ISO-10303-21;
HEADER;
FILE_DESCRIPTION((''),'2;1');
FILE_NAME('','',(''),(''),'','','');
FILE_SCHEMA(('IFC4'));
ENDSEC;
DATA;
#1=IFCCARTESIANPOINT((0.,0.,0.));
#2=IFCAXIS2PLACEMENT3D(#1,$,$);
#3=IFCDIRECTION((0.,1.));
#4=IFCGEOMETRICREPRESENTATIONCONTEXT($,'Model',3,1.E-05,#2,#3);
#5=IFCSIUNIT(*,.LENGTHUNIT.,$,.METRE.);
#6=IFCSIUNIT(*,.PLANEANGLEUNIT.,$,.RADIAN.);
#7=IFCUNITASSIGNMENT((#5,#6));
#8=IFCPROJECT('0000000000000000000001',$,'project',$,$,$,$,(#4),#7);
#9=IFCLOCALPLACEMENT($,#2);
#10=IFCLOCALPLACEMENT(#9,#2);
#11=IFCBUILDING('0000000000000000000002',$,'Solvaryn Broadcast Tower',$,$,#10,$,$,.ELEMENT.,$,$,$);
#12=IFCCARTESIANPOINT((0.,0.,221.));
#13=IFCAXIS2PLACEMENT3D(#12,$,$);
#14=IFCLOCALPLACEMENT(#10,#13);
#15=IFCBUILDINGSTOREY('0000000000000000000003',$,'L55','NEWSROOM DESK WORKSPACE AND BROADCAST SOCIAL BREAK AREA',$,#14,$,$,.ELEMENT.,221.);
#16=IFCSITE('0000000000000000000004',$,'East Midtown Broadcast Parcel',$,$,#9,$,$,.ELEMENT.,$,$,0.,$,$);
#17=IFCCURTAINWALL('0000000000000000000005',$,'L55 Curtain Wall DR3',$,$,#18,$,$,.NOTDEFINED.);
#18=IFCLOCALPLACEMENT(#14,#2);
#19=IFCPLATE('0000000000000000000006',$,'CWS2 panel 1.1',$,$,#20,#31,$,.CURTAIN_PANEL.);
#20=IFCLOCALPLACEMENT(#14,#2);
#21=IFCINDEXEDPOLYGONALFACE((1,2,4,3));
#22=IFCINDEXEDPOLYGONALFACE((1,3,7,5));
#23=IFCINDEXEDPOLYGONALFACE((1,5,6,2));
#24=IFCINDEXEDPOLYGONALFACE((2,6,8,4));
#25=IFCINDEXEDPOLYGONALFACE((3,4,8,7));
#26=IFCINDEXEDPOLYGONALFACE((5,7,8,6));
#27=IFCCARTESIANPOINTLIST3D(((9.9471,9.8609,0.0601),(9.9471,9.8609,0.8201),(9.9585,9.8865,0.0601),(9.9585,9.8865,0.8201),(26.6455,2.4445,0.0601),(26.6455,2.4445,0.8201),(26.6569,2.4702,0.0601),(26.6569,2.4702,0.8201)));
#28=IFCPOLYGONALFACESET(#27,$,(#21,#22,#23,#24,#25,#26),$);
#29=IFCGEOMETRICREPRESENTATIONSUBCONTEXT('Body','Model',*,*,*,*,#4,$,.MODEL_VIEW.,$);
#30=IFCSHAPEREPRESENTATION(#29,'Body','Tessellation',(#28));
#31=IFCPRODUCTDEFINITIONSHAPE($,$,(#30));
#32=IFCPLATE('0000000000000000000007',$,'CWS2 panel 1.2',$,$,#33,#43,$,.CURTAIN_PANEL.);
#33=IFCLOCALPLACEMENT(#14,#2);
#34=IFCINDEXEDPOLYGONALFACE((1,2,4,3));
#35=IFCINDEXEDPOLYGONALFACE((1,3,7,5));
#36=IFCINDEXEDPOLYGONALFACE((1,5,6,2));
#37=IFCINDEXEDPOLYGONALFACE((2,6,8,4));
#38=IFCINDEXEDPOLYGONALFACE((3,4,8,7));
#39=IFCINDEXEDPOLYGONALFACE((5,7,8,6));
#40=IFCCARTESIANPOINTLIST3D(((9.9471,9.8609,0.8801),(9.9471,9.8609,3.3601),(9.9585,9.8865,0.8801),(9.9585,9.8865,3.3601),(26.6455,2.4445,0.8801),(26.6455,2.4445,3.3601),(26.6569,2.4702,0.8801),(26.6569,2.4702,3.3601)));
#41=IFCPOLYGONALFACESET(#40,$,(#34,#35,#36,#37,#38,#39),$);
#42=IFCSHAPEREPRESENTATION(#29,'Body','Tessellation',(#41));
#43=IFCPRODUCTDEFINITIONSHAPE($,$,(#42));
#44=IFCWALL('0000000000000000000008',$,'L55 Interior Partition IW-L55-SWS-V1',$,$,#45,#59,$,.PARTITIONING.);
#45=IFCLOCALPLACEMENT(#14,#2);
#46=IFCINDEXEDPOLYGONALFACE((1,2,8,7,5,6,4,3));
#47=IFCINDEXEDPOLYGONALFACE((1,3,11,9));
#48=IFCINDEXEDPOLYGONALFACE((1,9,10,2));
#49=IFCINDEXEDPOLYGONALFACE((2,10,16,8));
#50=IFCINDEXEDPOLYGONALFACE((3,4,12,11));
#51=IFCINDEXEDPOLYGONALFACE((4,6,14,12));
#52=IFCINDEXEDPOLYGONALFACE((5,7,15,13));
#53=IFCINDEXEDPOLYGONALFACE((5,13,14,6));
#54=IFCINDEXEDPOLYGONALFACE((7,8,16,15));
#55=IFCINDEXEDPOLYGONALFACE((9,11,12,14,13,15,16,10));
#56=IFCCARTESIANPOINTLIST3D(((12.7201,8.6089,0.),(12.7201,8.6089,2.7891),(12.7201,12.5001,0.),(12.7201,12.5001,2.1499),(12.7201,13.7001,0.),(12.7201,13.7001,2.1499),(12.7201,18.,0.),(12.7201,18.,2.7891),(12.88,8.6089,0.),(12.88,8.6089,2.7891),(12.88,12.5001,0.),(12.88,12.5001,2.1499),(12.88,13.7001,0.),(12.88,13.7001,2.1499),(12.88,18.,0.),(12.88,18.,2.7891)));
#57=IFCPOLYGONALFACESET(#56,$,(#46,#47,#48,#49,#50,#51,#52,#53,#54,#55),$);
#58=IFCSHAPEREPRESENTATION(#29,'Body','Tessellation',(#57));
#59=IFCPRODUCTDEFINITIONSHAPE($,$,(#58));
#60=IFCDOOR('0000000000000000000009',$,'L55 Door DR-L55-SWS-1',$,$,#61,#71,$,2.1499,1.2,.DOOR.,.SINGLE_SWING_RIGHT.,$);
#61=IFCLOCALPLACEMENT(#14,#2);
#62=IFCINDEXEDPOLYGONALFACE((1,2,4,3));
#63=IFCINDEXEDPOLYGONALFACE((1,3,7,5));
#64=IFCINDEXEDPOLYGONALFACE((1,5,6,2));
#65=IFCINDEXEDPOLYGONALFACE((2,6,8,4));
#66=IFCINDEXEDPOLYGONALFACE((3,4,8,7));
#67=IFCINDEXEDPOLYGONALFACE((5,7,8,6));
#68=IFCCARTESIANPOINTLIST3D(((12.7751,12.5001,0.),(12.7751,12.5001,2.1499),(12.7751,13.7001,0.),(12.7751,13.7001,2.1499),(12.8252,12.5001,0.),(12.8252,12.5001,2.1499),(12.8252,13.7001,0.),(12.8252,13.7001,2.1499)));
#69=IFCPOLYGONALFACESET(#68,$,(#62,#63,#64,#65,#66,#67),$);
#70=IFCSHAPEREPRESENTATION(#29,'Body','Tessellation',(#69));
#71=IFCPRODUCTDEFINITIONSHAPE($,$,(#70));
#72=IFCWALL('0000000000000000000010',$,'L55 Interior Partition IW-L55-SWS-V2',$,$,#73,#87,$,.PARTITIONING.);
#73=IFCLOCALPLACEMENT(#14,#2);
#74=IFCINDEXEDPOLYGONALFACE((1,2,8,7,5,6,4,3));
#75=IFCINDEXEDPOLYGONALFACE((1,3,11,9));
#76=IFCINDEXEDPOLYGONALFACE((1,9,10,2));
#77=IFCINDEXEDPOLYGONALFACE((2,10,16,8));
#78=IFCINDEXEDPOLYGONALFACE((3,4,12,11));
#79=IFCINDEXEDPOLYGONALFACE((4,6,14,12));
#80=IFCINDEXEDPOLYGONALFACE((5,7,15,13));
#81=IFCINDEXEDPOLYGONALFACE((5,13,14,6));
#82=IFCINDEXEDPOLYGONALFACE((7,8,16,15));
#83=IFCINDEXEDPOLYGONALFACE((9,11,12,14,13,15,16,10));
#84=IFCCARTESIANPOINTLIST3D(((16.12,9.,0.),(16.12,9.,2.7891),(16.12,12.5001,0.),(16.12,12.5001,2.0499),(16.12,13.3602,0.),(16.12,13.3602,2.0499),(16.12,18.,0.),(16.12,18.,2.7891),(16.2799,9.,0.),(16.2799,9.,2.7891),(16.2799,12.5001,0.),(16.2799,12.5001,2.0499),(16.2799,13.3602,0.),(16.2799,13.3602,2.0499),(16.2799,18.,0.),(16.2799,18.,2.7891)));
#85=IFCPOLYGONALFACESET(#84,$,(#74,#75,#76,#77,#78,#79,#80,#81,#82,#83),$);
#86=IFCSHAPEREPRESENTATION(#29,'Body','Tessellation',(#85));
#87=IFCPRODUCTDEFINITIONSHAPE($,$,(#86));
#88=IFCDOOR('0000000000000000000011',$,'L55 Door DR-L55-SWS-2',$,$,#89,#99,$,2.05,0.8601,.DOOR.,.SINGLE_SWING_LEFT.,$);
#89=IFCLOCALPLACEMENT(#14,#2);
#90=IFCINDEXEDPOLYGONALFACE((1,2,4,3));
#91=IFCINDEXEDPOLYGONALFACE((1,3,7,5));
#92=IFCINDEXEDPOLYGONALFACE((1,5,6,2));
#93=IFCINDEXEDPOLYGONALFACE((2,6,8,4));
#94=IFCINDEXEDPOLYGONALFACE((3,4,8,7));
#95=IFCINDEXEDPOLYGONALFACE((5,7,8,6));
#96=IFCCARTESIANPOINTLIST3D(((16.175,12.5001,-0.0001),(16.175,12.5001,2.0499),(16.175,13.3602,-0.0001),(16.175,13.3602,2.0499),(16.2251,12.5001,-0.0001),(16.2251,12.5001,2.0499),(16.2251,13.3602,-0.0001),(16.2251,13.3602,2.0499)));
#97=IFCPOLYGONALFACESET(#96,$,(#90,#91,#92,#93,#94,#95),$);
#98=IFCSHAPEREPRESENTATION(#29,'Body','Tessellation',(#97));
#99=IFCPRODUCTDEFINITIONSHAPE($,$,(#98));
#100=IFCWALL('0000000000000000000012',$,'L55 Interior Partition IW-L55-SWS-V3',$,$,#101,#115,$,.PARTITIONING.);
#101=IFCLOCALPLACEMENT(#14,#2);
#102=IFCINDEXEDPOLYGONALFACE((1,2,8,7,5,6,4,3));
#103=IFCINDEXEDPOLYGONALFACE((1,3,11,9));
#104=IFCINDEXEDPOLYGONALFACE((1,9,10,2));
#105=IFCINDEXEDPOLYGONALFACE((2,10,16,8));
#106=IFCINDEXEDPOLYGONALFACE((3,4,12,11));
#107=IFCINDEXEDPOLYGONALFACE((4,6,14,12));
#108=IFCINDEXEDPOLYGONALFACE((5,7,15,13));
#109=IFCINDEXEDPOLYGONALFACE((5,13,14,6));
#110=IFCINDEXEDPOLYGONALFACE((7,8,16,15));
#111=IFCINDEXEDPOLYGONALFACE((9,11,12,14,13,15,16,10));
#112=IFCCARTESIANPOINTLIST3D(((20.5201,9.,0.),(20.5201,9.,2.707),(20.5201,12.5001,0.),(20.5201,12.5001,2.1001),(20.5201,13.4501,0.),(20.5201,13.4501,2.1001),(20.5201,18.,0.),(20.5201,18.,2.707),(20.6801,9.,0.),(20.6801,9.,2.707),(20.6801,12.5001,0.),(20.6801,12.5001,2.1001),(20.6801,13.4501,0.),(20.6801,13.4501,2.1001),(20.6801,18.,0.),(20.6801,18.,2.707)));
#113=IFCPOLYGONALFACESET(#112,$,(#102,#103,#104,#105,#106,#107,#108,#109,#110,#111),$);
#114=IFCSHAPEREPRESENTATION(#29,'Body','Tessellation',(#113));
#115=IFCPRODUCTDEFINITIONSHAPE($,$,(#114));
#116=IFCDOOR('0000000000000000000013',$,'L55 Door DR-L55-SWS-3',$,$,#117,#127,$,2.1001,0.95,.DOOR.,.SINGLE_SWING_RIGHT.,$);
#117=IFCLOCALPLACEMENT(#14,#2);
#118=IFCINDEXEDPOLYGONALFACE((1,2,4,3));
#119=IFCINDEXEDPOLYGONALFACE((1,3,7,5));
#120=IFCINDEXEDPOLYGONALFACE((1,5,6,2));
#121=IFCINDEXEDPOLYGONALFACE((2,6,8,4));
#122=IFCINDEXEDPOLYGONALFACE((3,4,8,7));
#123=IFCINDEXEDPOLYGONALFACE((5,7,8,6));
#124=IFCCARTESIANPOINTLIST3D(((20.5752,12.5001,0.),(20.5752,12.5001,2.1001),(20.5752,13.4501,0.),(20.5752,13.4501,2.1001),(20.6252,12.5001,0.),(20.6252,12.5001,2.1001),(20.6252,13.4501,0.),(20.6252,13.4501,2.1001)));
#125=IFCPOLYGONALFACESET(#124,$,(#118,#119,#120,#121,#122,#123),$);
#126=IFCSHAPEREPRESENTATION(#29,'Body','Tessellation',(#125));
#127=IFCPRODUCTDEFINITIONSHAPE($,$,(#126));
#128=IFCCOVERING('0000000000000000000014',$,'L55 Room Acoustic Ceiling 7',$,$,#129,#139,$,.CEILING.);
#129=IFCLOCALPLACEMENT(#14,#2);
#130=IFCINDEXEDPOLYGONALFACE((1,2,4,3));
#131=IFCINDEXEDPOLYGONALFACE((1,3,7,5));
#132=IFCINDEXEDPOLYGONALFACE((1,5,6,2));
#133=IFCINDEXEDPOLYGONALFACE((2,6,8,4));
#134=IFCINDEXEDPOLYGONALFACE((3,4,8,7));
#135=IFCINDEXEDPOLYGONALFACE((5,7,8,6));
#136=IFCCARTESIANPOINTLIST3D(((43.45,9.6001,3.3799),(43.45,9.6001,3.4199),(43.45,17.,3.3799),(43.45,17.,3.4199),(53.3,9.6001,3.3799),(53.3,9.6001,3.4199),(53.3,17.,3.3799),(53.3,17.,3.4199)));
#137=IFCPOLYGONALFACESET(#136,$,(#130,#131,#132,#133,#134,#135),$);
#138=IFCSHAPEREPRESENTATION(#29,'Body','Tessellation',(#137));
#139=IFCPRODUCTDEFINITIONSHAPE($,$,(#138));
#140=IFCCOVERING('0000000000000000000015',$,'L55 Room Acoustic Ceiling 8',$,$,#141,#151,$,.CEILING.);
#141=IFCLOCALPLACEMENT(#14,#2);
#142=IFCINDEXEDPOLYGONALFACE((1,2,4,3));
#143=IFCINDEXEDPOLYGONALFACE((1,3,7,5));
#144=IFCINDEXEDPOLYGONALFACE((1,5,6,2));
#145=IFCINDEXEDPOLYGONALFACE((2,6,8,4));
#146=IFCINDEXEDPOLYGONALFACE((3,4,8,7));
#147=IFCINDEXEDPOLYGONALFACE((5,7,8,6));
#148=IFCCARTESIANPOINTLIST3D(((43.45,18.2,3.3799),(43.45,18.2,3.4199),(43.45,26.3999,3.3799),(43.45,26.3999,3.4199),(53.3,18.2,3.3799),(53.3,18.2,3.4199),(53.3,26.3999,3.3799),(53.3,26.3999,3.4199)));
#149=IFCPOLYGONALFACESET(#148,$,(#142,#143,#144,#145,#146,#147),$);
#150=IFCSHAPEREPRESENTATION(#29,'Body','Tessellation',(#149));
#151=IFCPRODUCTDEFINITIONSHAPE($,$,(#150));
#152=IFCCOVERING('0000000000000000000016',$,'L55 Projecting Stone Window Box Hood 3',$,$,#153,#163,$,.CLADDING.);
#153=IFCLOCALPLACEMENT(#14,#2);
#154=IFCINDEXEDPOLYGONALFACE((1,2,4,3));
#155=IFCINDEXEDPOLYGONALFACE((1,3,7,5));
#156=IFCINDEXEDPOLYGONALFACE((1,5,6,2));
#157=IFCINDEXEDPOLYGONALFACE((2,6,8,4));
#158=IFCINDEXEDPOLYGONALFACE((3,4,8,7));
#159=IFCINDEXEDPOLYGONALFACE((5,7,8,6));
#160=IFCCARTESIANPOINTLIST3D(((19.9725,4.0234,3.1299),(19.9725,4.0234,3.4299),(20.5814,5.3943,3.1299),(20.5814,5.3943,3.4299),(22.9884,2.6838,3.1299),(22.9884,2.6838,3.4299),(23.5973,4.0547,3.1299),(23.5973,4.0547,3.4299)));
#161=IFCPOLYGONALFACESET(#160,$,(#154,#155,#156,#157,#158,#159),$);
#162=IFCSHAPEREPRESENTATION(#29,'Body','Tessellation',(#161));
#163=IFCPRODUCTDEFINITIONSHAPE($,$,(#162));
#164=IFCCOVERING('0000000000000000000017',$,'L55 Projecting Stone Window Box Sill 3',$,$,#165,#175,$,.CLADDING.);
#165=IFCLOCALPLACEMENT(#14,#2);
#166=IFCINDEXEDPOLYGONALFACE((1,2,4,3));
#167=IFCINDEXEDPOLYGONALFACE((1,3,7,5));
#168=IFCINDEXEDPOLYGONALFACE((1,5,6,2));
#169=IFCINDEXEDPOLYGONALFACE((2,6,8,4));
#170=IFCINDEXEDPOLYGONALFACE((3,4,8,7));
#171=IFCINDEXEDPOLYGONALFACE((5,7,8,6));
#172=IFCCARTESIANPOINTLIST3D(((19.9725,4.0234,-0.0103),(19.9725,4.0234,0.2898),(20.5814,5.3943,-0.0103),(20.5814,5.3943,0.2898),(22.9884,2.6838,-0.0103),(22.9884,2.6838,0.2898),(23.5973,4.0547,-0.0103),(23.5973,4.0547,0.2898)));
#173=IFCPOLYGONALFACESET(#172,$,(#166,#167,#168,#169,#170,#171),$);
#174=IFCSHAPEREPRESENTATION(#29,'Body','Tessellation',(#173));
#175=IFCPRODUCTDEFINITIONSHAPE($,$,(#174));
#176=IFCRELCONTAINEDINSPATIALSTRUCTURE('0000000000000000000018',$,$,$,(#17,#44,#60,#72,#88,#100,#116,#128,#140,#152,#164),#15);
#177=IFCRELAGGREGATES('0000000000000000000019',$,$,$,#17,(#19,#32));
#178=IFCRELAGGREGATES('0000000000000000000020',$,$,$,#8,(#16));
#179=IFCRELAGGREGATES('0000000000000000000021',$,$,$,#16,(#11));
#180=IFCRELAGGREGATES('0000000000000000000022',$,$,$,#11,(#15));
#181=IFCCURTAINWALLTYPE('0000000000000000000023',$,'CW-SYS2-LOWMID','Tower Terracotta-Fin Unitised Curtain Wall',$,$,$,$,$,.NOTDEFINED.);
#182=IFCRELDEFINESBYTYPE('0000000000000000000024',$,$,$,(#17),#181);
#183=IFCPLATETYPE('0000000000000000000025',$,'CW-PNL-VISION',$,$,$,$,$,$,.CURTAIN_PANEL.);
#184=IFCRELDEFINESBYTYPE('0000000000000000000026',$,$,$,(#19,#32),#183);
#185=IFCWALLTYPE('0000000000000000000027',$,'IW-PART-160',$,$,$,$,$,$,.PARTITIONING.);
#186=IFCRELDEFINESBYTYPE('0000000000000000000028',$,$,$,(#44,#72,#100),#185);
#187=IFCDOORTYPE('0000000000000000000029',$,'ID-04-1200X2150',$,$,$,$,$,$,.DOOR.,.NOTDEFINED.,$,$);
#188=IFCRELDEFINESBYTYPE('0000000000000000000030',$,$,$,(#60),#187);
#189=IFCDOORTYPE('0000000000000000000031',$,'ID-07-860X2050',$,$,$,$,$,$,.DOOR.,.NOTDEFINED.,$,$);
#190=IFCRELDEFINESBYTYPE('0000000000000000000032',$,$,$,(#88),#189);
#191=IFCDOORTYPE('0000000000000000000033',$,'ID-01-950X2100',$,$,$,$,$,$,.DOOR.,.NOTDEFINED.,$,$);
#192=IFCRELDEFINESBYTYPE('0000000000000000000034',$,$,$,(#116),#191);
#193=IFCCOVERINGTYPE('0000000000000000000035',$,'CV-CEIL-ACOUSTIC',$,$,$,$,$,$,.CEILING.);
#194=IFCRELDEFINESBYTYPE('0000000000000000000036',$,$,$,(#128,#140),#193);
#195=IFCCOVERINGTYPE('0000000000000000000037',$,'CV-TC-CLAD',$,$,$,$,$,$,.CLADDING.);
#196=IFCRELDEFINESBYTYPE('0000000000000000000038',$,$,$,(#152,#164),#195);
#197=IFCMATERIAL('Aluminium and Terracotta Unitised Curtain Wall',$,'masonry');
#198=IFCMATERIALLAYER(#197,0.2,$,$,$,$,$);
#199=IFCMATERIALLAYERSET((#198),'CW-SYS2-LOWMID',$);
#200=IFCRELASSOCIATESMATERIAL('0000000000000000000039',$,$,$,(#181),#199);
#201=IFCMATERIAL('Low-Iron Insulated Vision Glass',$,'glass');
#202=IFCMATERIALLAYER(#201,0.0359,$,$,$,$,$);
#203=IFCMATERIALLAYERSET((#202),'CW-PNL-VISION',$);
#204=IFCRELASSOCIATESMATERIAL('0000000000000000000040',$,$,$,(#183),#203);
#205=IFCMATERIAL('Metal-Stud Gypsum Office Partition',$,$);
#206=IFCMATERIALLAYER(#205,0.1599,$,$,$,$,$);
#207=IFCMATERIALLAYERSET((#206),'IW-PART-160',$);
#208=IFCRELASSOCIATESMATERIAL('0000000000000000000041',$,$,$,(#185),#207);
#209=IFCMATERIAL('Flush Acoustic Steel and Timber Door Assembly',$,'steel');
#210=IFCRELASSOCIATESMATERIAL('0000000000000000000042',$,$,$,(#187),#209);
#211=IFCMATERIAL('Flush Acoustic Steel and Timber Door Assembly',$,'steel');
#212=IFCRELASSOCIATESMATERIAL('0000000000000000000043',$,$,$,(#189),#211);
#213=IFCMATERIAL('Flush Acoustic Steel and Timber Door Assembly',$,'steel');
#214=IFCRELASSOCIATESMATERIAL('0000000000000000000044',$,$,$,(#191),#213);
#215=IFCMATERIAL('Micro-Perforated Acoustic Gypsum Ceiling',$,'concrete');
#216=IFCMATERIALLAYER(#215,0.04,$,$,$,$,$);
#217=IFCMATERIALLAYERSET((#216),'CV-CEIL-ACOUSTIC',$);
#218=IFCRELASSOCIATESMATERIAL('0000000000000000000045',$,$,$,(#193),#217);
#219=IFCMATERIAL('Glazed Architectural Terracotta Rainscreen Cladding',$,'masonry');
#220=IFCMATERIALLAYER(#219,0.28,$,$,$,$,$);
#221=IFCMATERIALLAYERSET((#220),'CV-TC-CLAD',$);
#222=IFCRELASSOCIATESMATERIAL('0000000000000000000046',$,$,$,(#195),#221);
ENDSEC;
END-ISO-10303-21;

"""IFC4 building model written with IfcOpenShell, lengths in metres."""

from ifc_helpers import new_model, si_unit, direction, frame, frame_2d, origin, origin_2d, place, context, subcontext, project, spatial, polyline, rectangle, outline, extrude, material, layer, layer_set, type_object, element, fill, aggregate, save


model = new_model("IFC4")

# Units and contexts
model_context = context("Model", 3, precision=1e-05, world=origin(), true_north=direction((0.0, 1.0)))
body_context = subcontext(model_context, "Body", "Model", "MODEL_VIEW")
ifc_project = project(units=[si_unit("LENGTHUNIT", "METRE"), si_unit("PLANEANGLEUNIT", "RADIAN")], contexts=[model_context])

# Site, building, storey
site_placement = place(None, origin())
site = spatial("IfcSite", under=ifc_project, at=site_placement, Name="East Midtown Broadcast Parcel", CompositionType="ELEMENT", RefElevation=0.0)
building_placement = place(site_placement, origin())
building = spatial("IfcBuilding", under=site, at=building_placement, Name="Solvaryn Broadcast Tower", CompositionType="ELEMENT")
storey_placement = place(building_placement, frame((0.0, 0.0, 221.0)))
storey = spatial("IfcBuildingStorey", under=building, at=storey_placement, Name="L55", Description="NEWSROOM DESK WORKSPACE AND BROADCAST SOCIAL BREAK AREA", CompositionType="ELEMENT", Elevation=221.0)

# Curtain wall, plates
ifc_material_1 = material(Name="Aluminium and Terracotta Unitised Curtain Wall", Category="masonry")
ifc_layer_1 = layer(ifc_material_1, 0.2)
ifc_layer_set_1 = layer_set([ifc_layer_1], Name="CW-SYS2-LOWMID")
curtain_wall_type = type_object("IfcCurtainWallType", Name="CW-SYS2-LOWMID", Description="Tower Terracotta-Fin Unitised Curtain Wall", PredefinedType="NOTDEFINED", material=ifc_layer_set_1)
curtain_wall_placement = place(storey_placement, origin())
curtain_wall = element("IfcCurtainWall", 1, at=curtain_wall_placement, inside=storey, type_object=curtain_wall_type, Name="L55 Curtain Wall DR3", PredefinedType="NOTDEFINED")
ifc_material_2 = material(Name="Low-Iron Insulated Vision Glass", Category="glass")
ifc_layer_2 = layer(ifc_material_2, 0.0359)
ifc_layer_set_2 = layer_set([ifc_layer_2], Name="CW-PNL-VISION")
plate_type = type_object("IfcPlateType", Name="CW-PNL-VISION", PredefinedType="CURTAIN_PANEL", material=ifc_layer_set_2)
plate_1_placement = place(storey_placement, frame((18.302, 6.1655, 0.0601), z_axis=(0.0, 0.0, 1.0), x_axis=(0.913917, -0.405901, 0.0)))
plate_1 = element("IfcPlate", 2, at=plate_1_placement, type_object=plate_type, Name="CWS2 panel 1.1", PredefinedType="CURTAIN_PANEL", context=body_context, shape_type="SweptSolid", body=[
    extrude(rectangle(XDim=18.2712, YDim=0.0281, at=origin_2d()), origin(), (0.0, 0.0, 1.0), 0.76),
])
plate_2_placement = place(storey_placement, frame((18.302, 6.1655, 0.8801), z_axis=(0.0, 0.0, 1.0), x_axis=(0.913917, -0.405901, 0.0)))
plate_2 = element("IfcPlate", 3, at=plate_2_placement, type_object=plate_type, Name="CWS2 panel 1.2", PredefinedType="CURTAIN_PANEL", context=body_context, shape_type="SweptSolid", body=[
    extrude(rectangle(XDim=18.2712, YDim=0.0281, at=origin_2d()), origin(), (0.0, 0.0, 1.0), 2.48),
])
aggregate(curtain_wall, [plate_1, plate_2])

# Walls, openings, doors
ifc_material_3 = material(Name="Metal-Stud Gypsum Office Partition")
ifc_layer_3 = layer(ifc_material_3, 0.1599)
ifc_layer_set_3 = layer_set([ifc_layer_3], Name="IW-PART-160")
wall_type = type_object("IfcWallType", Name="IW-PART-160", PredefinedType="PARTITIONING", material=ifc_layer_set_3)
wall_1_placement = place(storey_placement, frame((12.8, 8.6089, 0.0), z_axis=(0.0, 0.0, 1.0), x_axis=(0.0, 1.0, 0.0)))
wall_1 = element("IfcWall", 4, at=wall_1_placement, inside=storey, type_object=wall_type, Name="L55 Interior Partition IW-L55-SWS-V1", PredefinedType="PARTITIONING", context=body_context, shape_type="SweptSolid", body=[
    extrude(rectangle(XDim=9.3911, YDim=0.1599, at=frame_2d((4.6956, 0.0))), origin(), (0.0, 0.0, 1.0), 2.7891),
])
opening_1_placement = place(wall_1_placement, frame((3.8911, 0.0, 0.0)))
opening_1 = element("IfcOpeningElement", 5, at=opening_1_placement, cuts=wall_1, PredefinedType="OPENING", context=body_context, shape_type="SweptSolid", body=[
    extrude(rectangle(XDim=1.2, YDim=2.1499, at=frame_2d((0.6001, 1.075))), frame((0.0, 0.0901, 0.0), z_axis=(0.0, -1.0, 0.0), x_axis=(1.0, 0.0, 0.0)), (0.0, 0.0, 1.0), 0.1799),
])
ifc_material_4 = material(Name="Flush Acoustic Steel and Timber Door Assembly", Category="steel")
door_type_1 = type_object("IfcDoorType", Name="ID-04-1200X2150", OperationType="NOTDEFINED", PredefinedType="DOOR", material=ifc_material_4)
door_1_placement = place(opening_1_placement, origin())
door_1 = element("IfcDoor", 6, at=door_1_placement, inside=storey, type_object=door_type_1, Name="L55 Door DR-L55-SWS-1", OperationType="SINGLE_SWING_RIGHT", OverallHeight=2.1499, OverallWidth=1.2, PredefinedType="DOOR", context=body_context, shape_type="SweptSolid", body=[
    extrude(rectangle(XDim=1.2, YDim=2.1499, at=frame_2d((0.6001, 1.075))), frame((0.0, 0.0249, 0.0), z_axis=(0.0, -1.0, 0.0), x_axis=(1.0, 0.0, 0.0)), (0.0, 0.0, 1.0), 0.05),
])
fill(opening_1, door_1)
wall_2_placement = place(storey_placement, frame((16.2, 9.0, 0.0), z_axis=(0.0, 0.0, 1.0), x_axis=(0.0, 1.0, 0.0)))
wall_2 = element("IfcWall", 7, at=wall_2_placement, inside=storey, type_object=wall_type, Name="L55 Interior Partition IW-L55-SWS-V2", PredefinedType="PARTITIONING", context=body_context, shape_type="SweptSolid", body=[
    extrude(rectangle(XDim=9.0, YDim=0.1599, at=frame_2d((4.5, 0.0))), origin(), (0.0, 0.0, 1.0), 2.7891),
])
opening_2_placement = place(wall_2_placement, frame((3.5, 0.0, 0.0)))
opening_2 = element("IfcOpeningElement", 8, at=opening_2_placement, cuts=wall_2, PredefinedType="OPENING", context=body_context, shape_type="SweptSolid", body=[
    extrude(rectangle(XDim=0.8601, YDim=2.05, at=frame_2d((0.4302, 1.0249))), frame((0.0, 0.0901, 0.0), z_axis=(0.0, -1.0, 0.0), x_axis=(1.0, 0.0, 0.0)), (0.0, 0.0, 1.0), 0.1799),
])
ifc_material_5 = material(Name="Flush Acoustic Steel and Timber Door Assembly", Category="steel")
door_type_2 = type_object("IfcDoorType", Name="ID-07-860X2050", OperationType="NOTDEFINED", PredefinedType="DOOR", material=ifc_material_5)
door_2_placement = place(opening_2_placement, origin())
door_2 = element("IfcDoor", 9, at=door_2_placement, inside=storey, type_object=door_type_2, Name="L55 Door DR-L55-SWS-2", OperationType="SINGLE_SWING_LEFT", OverallHeight=2.05, OverallWidth=0.8601, PredefinedType="DOOR", context=body_context, shape_type="SweptSolid", body=[
    extrude(rectangle(XDim=0.8601, YDim=2.05, at=frame_2d((0.4302, 1.0249))), frame((0.0, 0.0249, 0.0), z_axis=(0.0, -1.0, 0.0), x_axis=(1.0, 0.0, 0.0)), (0.0, 0.0, 1.0), 0.05),
])
fill(opening_2, door_2)
wall_3_placement = place(storey_placement, frame((20.6001, 9.0, 0.0), z_axis=(0.0, 0.0, 1.0), x_axis=(0.0, 1.0, 0.0)))
wall_3 = element("IfcWall", 10, at=wall_3_placement, inside=storey, type_object=wall_type, Name="L55 Interior Partition IW-L55-SWS-V3", PredefinedType="PARTITIONING", context=body_context, shape_type="SweptSolid", body=[
    extrude(rectangle(XDim=9.0, YDim=0.1599, at=frame_2d((4.5, 0.0))), origin(), (0.0, 0.0, 1.0), 2.707),
])
opening_3_placement = place(wall_3_placement, frame((3.5, 0.0, 0.0)))
opening_3 = element("IfcOpeningElement", 11, at=opening_3_placement, cuts=wall_3, PredefinedType="OPENING", context=body_context, shape_type="SweptSolid", body=[
    extrude(rectangle(XDim=0.95, YDim=2.1001, at=frame_2d((0.4751, 1.05))), frame((0.0, 0.0901, 0.0), z_axis=(0.0, -1.0, 0.0), x_axis=(1.0, 0.0, 0.0)), (0.0, 0.0, 1.0), 0.1799),
])
ifc_material_6 = material(Name="Flush Acoustic Steel and Timber Door Assembly", Category="steel")
door_type_3 = type_object("IfcDoorType", Name="ID-01-950X2100", OperationType="NOTDEFINED", PredefinedType="DOOR", material=ifc_material_6)
door_3_placement = place(opening_3_placement, origin())
door_3 = element("IfcDoor", 12, at=door_3_placement, inside=storey, type_object=door_type_3, Name="L55 Door DR-L55-SWS-3", OperationType="SINGLE_SWING_RIGHT", OverallHeight=2.1001, OverallWidth=0.95, PredefinedType="DOOR", context=body_context, shape_type="SweptSolid", body=[
    extrude(rectangle(XDim=0.95, YDim=2.1001, at=frame_2d((0.4751, 1.05))), frame((0.0, 0.0249, 0.0), z_axis=(0.0, -1.0, 0.0), x_axis=(1.0, 0.0, 0.0)), (0.0, 0.0, 1.0), 0.05),
])
fill(opening_3, door_3)

# Coverings
ifc_material_7 = material(Name="Micro-Perforated Acoustic Gypsum Ceiling", Category="concrete")
ifc_layer_4 = layer(ifc_material_7, 0.04)
ifc_layer_set_4 = layer_set([ifc_layer_4], Name="CV-CEIL-ACOUSTIC")
covering_type_1 = type_object("IfcCoveringType", Name="CV-CEIL-ACOUSTIC", PredefinedType="CEILING", material=ifc_layer_set_4)
covering_1_placement = place(storey_placement, frame((0.0, 0.0, 3.3799)))
element("IfcCovering", 13, at=covering_1_placement, inside=storey, type_object=covering_type_1, Name="L55 Room Acoustic Ceiling 7", PredefinedType="CEILING", context=body_context, shape_type="SweptSolid", body=[
    extrude(outline(polyline([(43.45, 9.6001), (53.3, 9.6001), (53.3, 17.0), (43.45, 17.0), (43.45, 9.6001)])), origin(), (0.0, 0.0, 1.0), 0.04),
])
covering_2_placement = place(storey_placement, frame((0.0, 0.0, 3.3799)))
element("IfcCovering", 14, at=covering_2_placement, inside=storey, type_object=covering_type_1, Name="L55 Room Acoustic Ceiling 8", PredefinedType="CEILING", context=body_context, shape_type="SweptSolid", body=[
    extrude(outline(polyline([(43.45, 18.2), (53.3, 18.2), (53.3, 26.3999), (43.45, 26.3999), (43.45, 18.2)])), origin(), (0.0, 0.0, 1.0), 0.04),
])
ifc_material_8 = material(Name="Glazed Architectural Terracotta Rainscreen Cladding", Category="masonry")
ifc_layer_5 = layer(ifc_material_8, 0.28)
ifc_layer_set_5 = layer_set([ifc_layer_5], Name="CV-TC-CLAD")
covering_type_2 = type_object("IfcCoveringType", Name="CV-TC-CLAD", PredefinedType="CLADDING", material=ifc_layer_set_5)
for number, where, z_axis, x_axis, name in (
    (15, (21.7849, 4.0391, 3.1299), (0.0, 0.0, 1.0), (0.9139, -0.405939, 0.0), "L55 Projecting Stone Window Box Hood 3"),
    (16, (21.7849, 4.0391, -0.0103), (0.0, 0.0, 1.0), (0.9139, -0.405939, 0.0), "L55 Projecting Stone Window Box Sill 3"),
):
    element("IfcCovering", number, at=place(storey_placement, frame(where, z_axis=z_axis, x_axis=x_axis)), inside=storey, type_object=covering_type_2, Name=name, PredefinedType="CLADDING", context=body_context, shape_type="SweptSolid", body=[
        extrude(rectangle(XDim=3.3, YDim=1.5, at=origin_2d()), origin(), (0.0, 0.0, 1.0), 0.3),
    ])

save(model, "model.ifc")
